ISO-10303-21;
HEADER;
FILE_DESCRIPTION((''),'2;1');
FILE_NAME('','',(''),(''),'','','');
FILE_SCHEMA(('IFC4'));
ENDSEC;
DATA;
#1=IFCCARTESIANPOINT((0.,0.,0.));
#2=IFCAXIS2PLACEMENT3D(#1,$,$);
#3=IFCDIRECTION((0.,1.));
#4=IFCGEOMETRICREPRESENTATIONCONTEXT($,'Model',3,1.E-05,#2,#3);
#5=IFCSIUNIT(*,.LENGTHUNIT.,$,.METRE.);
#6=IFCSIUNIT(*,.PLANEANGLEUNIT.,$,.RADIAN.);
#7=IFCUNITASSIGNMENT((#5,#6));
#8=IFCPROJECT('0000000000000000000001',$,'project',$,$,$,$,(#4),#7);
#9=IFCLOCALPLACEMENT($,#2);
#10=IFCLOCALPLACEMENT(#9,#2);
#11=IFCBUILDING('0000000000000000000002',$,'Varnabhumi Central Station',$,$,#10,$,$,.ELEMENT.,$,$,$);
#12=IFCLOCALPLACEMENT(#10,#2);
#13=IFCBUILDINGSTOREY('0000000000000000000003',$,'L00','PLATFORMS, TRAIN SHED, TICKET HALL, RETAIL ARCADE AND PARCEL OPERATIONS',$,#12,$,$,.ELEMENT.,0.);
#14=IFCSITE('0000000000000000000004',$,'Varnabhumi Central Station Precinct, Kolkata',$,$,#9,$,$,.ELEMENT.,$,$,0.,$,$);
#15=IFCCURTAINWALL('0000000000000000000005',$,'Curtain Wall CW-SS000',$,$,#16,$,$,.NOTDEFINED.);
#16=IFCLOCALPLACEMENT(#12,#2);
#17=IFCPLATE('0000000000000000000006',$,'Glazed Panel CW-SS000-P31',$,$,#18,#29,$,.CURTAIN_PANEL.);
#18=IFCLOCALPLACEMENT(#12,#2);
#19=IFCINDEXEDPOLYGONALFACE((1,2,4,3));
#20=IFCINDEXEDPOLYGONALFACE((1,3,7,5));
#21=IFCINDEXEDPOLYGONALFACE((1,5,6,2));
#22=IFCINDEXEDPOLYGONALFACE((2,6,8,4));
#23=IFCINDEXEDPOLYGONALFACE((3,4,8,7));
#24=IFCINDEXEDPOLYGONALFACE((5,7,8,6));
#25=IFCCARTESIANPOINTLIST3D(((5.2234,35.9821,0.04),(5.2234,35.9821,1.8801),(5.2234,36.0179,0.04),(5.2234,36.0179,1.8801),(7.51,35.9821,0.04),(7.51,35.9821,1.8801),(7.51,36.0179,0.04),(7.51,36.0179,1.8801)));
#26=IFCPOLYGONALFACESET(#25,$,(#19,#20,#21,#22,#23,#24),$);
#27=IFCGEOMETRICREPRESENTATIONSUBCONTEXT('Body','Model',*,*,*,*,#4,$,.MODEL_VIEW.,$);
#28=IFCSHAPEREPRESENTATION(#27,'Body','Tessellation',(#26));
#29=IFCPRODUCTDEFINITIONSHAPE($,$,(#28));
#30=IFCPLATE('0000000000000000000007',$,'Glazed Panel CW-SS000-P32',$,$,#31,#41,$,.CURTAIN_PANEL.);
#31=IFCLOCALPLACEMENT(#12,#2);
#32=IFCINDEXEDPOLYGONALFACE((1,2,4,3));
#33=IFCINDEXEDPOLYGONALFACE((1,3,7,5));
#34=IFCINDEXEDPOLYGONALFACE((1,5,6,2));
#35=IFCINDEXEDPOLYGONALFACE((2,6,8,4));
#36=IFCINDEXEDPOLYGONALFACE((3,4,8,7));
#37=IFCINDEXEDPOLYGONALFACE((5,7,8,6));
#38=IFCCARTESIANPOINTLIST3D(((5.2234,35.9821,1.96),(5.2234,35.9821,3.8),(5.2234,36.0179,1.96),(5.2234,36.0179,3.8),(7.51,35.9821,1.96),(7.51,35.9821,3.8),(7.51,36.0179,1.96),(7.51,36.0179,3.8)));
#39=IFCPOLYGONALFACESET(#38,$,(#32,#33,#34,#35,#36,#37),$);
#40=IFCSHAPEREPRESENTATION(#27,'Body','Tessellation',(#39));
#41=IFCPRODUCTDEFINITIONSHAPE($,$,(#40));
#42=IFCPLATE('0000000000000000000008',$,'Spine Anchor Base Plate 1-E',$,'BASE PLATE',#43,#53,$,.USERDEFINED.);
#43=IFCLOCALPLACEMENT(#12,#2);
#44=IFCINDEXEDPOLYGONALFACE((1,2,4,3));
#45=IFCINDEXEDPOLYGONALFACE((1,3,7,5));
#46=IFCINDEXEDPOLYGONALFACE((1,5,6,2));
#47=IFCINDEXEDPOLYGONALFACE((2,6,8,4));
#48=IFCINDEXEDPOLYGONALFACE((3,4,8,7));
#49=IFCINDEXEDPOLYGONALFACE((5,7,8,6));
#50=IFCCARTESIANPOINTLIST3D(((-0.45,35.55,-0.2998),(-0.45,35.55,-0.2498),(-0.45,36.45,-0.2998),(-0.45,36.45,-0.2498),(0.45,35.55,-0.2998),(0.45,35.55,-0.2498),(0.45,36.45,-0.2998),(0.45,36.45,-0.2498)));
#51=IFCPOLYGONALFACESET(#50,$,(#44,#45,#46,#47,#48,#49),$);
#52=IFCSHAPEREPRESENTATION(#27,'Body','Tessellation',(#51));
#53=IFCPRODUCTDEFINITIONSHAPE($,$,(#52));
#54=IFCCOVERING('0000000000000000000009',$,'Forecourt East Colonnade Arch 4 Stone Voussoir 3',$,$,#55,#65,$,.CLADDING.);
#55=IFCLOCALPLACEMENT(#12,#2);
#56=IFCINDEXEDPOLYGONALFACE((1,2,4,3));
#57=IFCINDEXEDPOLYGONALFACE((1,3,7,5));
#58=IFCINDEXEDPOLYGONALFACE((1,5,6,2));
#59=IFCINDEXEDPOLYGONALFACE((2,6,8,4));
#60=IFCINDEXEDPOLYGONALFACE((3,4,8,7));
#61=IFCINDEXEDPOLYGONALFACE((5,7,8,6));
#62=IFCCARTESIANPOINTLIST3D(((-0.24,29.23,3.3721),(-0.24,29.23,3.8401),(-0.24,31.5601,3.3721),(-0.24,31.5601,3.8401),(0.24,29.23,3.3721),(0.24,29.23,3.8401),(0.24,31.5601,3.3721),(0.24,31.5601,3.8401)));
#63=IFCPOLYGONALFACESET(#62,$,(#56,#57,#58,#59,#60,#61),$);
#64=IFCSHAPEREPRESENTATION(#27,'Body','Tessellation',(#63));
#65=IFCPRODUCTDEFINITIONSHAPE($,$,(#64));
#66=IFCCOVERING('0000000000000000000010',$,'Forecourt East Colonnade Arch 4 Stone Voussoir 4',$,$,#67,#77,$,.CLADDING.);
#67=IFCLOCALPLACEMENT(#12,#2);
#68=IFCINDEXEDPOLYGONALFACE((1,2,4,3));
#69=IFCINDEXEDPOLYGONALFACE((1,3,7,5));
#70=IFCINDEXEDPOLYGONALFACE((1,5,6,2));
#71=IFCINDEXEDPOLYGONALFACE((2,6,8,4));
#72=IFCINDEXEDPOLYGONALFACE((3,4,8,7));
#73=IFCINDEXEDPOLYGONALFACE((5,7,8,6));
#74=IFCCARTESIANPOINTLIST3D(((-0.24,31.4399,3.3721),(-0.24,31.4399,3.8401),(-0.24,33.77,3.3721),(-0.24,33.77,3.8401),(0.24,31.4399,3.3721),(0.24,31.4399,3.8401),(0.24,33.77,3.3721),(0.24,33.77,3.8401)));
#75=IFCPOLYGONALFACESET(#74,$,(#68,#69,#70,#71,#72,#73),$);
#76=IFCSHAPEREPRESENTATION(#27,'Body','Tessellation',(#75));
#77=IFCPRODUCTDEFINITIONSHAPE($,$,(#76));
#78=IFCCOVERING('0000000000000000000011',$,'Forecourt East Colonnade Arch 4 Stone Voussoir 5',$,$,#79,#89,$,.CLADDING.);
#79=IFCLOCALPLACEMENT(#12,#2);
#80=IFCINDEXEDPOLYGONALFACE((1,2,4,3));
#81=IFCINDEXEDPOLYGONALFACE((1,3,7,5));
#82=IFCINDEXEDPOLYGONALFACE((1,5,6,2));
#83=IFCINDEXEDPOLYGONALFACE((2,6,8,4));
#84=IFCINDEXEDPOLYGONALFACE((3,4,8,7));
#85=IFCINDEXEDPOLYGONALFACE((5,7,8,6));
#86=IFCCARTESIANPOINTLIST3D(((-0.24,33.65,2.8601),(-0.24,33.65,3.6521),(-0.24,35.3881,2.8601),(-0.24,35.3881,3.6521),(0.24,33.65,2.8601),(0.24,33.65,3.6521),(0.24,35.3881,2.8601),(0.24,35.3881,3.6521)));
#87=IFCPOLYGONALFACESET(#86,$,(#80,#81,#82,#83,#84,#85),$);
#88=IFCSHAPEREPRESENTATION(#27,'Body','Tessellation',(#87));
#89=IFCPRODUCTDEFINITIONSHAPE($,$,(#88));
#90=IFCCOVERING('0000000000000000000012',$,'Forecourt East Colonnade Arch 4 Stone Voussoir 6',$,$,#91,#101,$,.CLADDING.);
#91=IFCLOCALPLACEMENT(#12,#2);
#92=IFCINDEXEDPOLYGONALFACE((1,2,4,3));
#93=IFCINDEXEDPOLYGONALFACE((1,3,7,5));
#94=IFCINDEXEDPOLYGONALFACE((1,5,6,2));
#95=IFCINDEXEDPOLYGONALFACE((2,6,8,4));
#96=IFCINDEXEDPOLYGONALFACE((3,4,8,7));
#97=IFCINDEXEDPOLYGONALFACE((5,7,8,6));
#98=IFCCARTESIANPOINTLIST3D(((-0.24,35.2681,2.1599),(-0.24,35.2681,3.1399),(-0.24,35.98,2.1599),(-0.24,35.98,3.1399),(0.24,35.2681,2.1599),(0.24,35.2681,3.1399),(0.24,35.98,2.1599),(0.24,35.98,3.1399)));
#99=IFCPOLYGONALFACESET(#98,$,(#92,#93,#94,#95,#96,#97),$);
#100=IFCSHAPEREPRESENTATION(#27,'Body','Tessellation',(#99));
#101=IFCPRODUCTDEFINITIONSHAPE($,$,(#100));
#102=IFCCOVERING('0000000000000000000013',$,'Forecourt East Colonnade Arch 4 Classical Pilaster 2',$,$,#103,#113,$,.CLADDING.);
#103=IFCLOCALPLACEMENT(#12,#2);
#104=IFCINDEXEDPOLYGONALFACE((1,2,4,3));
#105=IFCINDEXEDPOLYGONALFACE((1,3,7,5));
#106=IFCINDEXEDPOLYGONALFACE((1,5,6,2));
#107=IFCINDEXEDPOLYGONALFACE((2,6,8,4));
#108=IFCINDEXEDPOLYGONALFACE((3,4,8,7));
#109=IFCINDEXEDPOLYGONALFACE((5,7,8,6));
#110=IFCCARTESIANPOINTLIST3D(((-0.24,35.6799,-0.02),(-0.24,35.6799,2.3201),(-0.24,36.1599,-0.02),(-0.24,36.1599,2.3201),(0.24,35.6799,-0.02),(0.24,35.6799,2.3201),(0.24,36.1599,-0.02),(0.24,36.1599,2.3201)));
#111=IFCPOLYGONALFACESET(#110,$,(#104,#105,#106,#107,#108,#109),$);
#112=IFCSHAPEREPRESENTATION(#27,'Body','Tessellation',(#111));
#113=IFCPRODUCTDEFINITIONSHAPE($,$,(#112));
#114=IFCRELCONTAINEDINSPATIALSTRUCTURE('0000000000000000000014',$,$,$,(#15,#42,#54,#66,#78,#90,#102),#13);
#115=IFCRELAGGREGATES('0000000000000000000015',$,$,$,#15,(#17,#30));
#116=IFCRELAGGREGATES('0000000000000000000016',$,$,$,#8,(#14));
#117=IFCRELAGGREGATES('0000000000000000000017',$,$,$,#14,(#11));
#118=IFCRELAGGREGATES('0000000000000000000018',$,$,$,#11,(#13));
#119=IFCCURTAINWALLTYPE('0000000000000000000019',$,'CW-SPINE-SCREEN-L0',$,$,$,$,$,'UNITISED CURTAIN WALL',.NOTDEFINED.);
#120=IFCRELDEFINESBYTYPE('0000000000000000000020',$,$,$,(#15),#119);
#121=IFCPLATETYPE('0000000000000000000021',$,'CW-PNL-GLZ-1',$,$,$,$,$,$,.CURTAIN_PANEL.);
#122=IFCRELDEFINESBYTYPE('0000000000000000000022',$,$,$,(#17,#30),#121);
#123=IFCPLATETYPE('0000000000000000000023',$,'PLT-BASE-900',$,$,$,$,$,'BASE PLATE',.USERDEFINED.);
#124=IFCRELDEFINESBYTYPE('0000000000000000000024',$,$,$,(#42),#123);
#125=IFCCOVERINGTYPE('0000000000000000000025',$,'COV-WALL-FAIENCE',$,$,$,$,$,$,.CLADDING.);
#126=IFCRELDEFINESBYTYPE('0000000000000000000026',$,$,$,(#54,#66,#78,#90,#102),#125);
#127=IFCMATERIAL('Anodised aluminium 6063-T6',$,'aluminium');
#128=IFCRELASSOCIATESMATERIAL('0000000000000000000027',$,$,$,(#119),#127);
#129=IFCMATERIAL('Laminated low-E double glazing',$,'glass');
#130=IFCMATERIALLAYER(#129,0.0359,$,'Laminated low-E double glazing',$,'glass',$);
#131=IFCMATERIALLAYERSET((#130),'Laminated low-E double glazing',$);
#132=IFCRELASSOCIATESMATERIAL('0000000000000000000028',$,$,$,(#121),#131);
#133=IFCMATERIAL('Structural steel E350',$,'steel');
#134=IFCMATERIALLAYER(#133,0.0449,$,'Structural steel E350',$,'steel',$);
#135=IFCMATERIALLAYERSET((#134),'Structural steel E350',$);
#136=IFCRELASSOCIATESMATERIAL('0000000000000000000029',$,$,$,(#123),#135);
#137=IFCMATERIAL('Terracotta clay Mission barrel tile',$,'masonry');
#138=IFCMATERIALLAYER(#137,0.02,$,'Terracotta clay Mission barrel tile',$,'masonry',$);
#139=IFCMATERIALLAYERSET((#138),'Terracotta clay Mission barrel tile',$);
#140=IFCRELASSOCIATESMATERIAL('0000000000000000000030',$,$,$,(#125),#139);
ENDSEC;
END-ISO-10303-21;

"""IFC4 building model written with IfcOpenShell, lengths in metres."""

from ifc_helpers import new_model, si_unit, direction, frame, origin, origin_2d, place, context, subcontext, project, spatial, rectangle, extrude, material, layer, layer_set, type_object, element, aggregate, save


model = new_model("IFC4")

# Units and contexts
model_context = context("Model", 3, precision=1e-05, world=origin(), true_north=direction((0.0, 1.0)))
body_context = subcontext(model_context, "Body", "Model", "MODEL_VIEW")
ifc_project = project(units=[si_unit("LENGTHUNIT", "METRE"), si_unit("PLANEANGLEUNIT", "RADIAN")], contexts=[model_context])

# Site, building, storey
site_placement = place(None, origin())
site = spatial("IfcSite", under=ifc_project, at=site_placement, Name="Varnabhumi Central Station Precinct, Kolkata", CompositionType="ELEMENT", RefElevation=0.0)
building_placement = place(site_placement, origin())
building = spatial("IfcBuilding", under=site, at=building_placement, Name="Varnabhumi Central Station", CompositionType="ELEMENT")
storey_placement = place(building_placement, origin())
storey = spatial("IfcBuildingStorey", under=building, at=storey_placement, Name="L00", Description="PLATFORMS, TRAIN SHED, TICKET HALL, RETAIL ARCADE AND PARCEL OPERATIONS", CompositionType="ELEMENT", Elevation=0.0)

# Curtain wall, plates
ifc_material_1 = material(Name="Anodised aluminium 6063-T6", Category="aluminium")
curtain_wall_type = type_object("IfcCurtainWallType", Name="CW-SPINE-SCREEN-L0", ElementType="UNITISED CURTAIN WALL", PredefinedType="NOTDEFINED", material=ifc_material_1)
curtain_wall_placement = place(storey_placement, origin())
curtain_wall = element("IfcCurtainWall", 1, at=curtain_wall_placement, inside=storey, type_object=curtain_wall_type, Name="Curtain Wall CW-SS000", PredefinedType="NOTDEFINED")
ifc_material_2 = material(Name="Laminated low-E double glazing", Category="glass")
ifc_layer_1 = layer(ifc_material_2, 0.0359, Name="Laminated low-E double glazing", Category="glass")
ifc_layer_set_1 = layer_set([ifc_layer_1], Name="Laminated low-E double glazing")
plate_type_1 = type_object("IfcPlateType", Name="CW-PNL-GLZ-1", PredefinedType="CURTAIN_PANEL", material=ifc_layer_set_1)
plate_1_placement = place(storey_placement, frame((6.3667, 36.0, 0.04), z_axis=(0.0, 0.0, 1.0), x_axis=(1.0, 0.0, 0.0)))
plate_1 = element("IfcPlate", 2, at=plate_1_placement, type_object=plate_type_1, Name="Glazed Panel CW-SS000-P31", PredefinedType="CURTAIN_PANEL", context=body_context, shape_type="SweptSolid", body=[
    extrude(rectangle(XDim=2.2866, YDim=0.0359, at=origin_2d()), origin(), (0.0, 0.0, 1.0), 1.8401),
])
plate_2_placement = place(storey_placement, frame((6.3667, 36.0, 1.96), z_axis=(0.0, 0.0, 1.0), x_axis=(1.0, 0.0, 0.0)))
plate_2 = element("IfcPlate", 3, at=plate_2_placement, type_object=plate_type_1, Name="Glazed Panel CW-SS000-P32", PredefinedType="CURTAIN_PANEL", context=body_context, shape_type="SweptSolid", body=[
    extrude(rectangle(XDim=2.2866, YDim=0.0359, at=origin_2d()), origin(), (0.0, 0.0, 1.0), 1.8401),
])
aggregate(curtain_wall, [plate_1, plate_2])

# Plate
ifc_material_3 = material(Name="Structural steel E350", Category="steel")
ifc_layer_2 = layer(ifc_material_3, 0.0449, Name="Structural steel E350", Category="steel")
ifc_layer_set_2 = layer_set([ifc_layer_2], Name="Structural steel E350")
plate_type_2 = type_object("IfcPlateType", Name="PLT-BASE-900", ElementType="BASE PLATE", PredefinedType="USERDEFINED", material=ifc_layer_set_2)
plate_3_placement = place(storey_placement, frame((0.0, 36.0, -0.2998), z_axis=(0.0, 0.0, 1.0), x_axis=(1.0, 0.0, 0.0)))
element("IfcPlate", 4, at=plate_3_placement, inside=storey, type_object=plate_type_2, Name="Spine Anchor Base Plate 1-E", ObjectType="BASE PLATE", PredefinedType="USERDEFINED", context=body_context, shape_type="SweptSolid", body=[
    extrude(rectangle(XDim=0.8999, YDim=0.8999, at=origin_2d()), origin(), (0.0, 0.0, 1.0), 0.05),
])

# Coverings
ifc_material_4 = material(Name="Terracotta clay Mission barrel tile", Category="masonry")
ifc_layer_3 = layer(ifc_material_4, 0.02, Name="Terracotta clay Mission barrel tile", Category="masonry")
ifc_layer_set_3 = layer_set([ifc_layer_3], Name="Terracotta clay Mission barrel tile")
covering_type = type_object("IfcCoveringType", Name="COV-WALL-FAIENCE", PredefinedType="CLADDING", material=ifc_layer_set_3)
for number, where, z_axis, x_axis, name in (
    (5, (0.0, 30.395, 3.3721), (0.0, 0.0, 1.0), (0.0, 1.0, 0.0), "Forecourt East Colonnade Arch 4 Stone Voussoir 3"),
    (6, (0.0, 32.605, 3.3721), (0.0, 0.0, 1.0), (0.0, 1.0, 0.0), "Forecourt East Colonnade Arch 4 Stone Voussoir 4"),
):
    element("IfcCovering", number, at=place(storey_placement, frame(where, z_axis=z_axis, x_axis=x_axis)), inside=storey, type_object=covering_type, Name=name, PredefinedType="CLADDING", context=body_context, shape_type="SweptSolid", body=[
        extrude(rectangle(XDim=2.3301, YDim=0.48, at=origin_2d()), origin(), (0.0, 0.0, 1.0), 0.468),
    ])
covering_1_placement = place(storey_placement, frame((0.0, 34.519, 2.8601), z_axis=(0.0, 0.0, 1.0), x_axis=(0.0, 1.0, 0.0)))
element("IfcCovering", 7, at=covering_1_placement, inside=storey, type_object=covering_type, Name="Forecourt East Colonnade Arch 4 Stone Voussoir 5", PredefinedType="CLADDING", context=body_context, shape_type="SweptSolid", body=[
    extrude(rectangle(XDim=1.738, YDim=0.48, at=origin_2d()), origin(), (0.0, 0.0, 1.0), 0.792),
])
covering_2_placement = place(storey_placement, frame((0.0, 35.624, 2.1599), z_axis=(0.0, 0.0, 1.0), x_axis=(0.0, 1.0, 0.0)))
element("IfcCovering", 8, at=covering_2_placement, inside=storey, type_object=covering_type, Name="Forecourt East Colonnade Arch 4 Stone Voussoir 6", PredefinedType="CLADDING", context=body_context, shape_type="SweptSolid", body=[
    extrude(rectangle(XDim=0.7119, YDim=0.48, at=origin_2d()), origin(), (0.0, 0.0, 1.0), 0.98),
])
covering_3_placement = place(storey_placement, frame((0.0, 35.9199, -0.02), z_axis=(0.0, 0.0, 1.0), x_axis=(1.0, 0.0, 0.0)))
element("IfcCovering", 9, at=covering_3_placement, inside=storey, type_object=covering_type, Name="Forecourt East Colonnade Arch 4 Classical Pilaster 2", PredefinedType="CLADDING", context=body_context, shape_type="SweptSolid", body=[
    extrude(rectangle(XDim=0.48, YDim=0.48, at=origin_2d()), origin(), (0.0, 0.0, 1.0), 2.3401),
])

save(model, "model.ifc")
